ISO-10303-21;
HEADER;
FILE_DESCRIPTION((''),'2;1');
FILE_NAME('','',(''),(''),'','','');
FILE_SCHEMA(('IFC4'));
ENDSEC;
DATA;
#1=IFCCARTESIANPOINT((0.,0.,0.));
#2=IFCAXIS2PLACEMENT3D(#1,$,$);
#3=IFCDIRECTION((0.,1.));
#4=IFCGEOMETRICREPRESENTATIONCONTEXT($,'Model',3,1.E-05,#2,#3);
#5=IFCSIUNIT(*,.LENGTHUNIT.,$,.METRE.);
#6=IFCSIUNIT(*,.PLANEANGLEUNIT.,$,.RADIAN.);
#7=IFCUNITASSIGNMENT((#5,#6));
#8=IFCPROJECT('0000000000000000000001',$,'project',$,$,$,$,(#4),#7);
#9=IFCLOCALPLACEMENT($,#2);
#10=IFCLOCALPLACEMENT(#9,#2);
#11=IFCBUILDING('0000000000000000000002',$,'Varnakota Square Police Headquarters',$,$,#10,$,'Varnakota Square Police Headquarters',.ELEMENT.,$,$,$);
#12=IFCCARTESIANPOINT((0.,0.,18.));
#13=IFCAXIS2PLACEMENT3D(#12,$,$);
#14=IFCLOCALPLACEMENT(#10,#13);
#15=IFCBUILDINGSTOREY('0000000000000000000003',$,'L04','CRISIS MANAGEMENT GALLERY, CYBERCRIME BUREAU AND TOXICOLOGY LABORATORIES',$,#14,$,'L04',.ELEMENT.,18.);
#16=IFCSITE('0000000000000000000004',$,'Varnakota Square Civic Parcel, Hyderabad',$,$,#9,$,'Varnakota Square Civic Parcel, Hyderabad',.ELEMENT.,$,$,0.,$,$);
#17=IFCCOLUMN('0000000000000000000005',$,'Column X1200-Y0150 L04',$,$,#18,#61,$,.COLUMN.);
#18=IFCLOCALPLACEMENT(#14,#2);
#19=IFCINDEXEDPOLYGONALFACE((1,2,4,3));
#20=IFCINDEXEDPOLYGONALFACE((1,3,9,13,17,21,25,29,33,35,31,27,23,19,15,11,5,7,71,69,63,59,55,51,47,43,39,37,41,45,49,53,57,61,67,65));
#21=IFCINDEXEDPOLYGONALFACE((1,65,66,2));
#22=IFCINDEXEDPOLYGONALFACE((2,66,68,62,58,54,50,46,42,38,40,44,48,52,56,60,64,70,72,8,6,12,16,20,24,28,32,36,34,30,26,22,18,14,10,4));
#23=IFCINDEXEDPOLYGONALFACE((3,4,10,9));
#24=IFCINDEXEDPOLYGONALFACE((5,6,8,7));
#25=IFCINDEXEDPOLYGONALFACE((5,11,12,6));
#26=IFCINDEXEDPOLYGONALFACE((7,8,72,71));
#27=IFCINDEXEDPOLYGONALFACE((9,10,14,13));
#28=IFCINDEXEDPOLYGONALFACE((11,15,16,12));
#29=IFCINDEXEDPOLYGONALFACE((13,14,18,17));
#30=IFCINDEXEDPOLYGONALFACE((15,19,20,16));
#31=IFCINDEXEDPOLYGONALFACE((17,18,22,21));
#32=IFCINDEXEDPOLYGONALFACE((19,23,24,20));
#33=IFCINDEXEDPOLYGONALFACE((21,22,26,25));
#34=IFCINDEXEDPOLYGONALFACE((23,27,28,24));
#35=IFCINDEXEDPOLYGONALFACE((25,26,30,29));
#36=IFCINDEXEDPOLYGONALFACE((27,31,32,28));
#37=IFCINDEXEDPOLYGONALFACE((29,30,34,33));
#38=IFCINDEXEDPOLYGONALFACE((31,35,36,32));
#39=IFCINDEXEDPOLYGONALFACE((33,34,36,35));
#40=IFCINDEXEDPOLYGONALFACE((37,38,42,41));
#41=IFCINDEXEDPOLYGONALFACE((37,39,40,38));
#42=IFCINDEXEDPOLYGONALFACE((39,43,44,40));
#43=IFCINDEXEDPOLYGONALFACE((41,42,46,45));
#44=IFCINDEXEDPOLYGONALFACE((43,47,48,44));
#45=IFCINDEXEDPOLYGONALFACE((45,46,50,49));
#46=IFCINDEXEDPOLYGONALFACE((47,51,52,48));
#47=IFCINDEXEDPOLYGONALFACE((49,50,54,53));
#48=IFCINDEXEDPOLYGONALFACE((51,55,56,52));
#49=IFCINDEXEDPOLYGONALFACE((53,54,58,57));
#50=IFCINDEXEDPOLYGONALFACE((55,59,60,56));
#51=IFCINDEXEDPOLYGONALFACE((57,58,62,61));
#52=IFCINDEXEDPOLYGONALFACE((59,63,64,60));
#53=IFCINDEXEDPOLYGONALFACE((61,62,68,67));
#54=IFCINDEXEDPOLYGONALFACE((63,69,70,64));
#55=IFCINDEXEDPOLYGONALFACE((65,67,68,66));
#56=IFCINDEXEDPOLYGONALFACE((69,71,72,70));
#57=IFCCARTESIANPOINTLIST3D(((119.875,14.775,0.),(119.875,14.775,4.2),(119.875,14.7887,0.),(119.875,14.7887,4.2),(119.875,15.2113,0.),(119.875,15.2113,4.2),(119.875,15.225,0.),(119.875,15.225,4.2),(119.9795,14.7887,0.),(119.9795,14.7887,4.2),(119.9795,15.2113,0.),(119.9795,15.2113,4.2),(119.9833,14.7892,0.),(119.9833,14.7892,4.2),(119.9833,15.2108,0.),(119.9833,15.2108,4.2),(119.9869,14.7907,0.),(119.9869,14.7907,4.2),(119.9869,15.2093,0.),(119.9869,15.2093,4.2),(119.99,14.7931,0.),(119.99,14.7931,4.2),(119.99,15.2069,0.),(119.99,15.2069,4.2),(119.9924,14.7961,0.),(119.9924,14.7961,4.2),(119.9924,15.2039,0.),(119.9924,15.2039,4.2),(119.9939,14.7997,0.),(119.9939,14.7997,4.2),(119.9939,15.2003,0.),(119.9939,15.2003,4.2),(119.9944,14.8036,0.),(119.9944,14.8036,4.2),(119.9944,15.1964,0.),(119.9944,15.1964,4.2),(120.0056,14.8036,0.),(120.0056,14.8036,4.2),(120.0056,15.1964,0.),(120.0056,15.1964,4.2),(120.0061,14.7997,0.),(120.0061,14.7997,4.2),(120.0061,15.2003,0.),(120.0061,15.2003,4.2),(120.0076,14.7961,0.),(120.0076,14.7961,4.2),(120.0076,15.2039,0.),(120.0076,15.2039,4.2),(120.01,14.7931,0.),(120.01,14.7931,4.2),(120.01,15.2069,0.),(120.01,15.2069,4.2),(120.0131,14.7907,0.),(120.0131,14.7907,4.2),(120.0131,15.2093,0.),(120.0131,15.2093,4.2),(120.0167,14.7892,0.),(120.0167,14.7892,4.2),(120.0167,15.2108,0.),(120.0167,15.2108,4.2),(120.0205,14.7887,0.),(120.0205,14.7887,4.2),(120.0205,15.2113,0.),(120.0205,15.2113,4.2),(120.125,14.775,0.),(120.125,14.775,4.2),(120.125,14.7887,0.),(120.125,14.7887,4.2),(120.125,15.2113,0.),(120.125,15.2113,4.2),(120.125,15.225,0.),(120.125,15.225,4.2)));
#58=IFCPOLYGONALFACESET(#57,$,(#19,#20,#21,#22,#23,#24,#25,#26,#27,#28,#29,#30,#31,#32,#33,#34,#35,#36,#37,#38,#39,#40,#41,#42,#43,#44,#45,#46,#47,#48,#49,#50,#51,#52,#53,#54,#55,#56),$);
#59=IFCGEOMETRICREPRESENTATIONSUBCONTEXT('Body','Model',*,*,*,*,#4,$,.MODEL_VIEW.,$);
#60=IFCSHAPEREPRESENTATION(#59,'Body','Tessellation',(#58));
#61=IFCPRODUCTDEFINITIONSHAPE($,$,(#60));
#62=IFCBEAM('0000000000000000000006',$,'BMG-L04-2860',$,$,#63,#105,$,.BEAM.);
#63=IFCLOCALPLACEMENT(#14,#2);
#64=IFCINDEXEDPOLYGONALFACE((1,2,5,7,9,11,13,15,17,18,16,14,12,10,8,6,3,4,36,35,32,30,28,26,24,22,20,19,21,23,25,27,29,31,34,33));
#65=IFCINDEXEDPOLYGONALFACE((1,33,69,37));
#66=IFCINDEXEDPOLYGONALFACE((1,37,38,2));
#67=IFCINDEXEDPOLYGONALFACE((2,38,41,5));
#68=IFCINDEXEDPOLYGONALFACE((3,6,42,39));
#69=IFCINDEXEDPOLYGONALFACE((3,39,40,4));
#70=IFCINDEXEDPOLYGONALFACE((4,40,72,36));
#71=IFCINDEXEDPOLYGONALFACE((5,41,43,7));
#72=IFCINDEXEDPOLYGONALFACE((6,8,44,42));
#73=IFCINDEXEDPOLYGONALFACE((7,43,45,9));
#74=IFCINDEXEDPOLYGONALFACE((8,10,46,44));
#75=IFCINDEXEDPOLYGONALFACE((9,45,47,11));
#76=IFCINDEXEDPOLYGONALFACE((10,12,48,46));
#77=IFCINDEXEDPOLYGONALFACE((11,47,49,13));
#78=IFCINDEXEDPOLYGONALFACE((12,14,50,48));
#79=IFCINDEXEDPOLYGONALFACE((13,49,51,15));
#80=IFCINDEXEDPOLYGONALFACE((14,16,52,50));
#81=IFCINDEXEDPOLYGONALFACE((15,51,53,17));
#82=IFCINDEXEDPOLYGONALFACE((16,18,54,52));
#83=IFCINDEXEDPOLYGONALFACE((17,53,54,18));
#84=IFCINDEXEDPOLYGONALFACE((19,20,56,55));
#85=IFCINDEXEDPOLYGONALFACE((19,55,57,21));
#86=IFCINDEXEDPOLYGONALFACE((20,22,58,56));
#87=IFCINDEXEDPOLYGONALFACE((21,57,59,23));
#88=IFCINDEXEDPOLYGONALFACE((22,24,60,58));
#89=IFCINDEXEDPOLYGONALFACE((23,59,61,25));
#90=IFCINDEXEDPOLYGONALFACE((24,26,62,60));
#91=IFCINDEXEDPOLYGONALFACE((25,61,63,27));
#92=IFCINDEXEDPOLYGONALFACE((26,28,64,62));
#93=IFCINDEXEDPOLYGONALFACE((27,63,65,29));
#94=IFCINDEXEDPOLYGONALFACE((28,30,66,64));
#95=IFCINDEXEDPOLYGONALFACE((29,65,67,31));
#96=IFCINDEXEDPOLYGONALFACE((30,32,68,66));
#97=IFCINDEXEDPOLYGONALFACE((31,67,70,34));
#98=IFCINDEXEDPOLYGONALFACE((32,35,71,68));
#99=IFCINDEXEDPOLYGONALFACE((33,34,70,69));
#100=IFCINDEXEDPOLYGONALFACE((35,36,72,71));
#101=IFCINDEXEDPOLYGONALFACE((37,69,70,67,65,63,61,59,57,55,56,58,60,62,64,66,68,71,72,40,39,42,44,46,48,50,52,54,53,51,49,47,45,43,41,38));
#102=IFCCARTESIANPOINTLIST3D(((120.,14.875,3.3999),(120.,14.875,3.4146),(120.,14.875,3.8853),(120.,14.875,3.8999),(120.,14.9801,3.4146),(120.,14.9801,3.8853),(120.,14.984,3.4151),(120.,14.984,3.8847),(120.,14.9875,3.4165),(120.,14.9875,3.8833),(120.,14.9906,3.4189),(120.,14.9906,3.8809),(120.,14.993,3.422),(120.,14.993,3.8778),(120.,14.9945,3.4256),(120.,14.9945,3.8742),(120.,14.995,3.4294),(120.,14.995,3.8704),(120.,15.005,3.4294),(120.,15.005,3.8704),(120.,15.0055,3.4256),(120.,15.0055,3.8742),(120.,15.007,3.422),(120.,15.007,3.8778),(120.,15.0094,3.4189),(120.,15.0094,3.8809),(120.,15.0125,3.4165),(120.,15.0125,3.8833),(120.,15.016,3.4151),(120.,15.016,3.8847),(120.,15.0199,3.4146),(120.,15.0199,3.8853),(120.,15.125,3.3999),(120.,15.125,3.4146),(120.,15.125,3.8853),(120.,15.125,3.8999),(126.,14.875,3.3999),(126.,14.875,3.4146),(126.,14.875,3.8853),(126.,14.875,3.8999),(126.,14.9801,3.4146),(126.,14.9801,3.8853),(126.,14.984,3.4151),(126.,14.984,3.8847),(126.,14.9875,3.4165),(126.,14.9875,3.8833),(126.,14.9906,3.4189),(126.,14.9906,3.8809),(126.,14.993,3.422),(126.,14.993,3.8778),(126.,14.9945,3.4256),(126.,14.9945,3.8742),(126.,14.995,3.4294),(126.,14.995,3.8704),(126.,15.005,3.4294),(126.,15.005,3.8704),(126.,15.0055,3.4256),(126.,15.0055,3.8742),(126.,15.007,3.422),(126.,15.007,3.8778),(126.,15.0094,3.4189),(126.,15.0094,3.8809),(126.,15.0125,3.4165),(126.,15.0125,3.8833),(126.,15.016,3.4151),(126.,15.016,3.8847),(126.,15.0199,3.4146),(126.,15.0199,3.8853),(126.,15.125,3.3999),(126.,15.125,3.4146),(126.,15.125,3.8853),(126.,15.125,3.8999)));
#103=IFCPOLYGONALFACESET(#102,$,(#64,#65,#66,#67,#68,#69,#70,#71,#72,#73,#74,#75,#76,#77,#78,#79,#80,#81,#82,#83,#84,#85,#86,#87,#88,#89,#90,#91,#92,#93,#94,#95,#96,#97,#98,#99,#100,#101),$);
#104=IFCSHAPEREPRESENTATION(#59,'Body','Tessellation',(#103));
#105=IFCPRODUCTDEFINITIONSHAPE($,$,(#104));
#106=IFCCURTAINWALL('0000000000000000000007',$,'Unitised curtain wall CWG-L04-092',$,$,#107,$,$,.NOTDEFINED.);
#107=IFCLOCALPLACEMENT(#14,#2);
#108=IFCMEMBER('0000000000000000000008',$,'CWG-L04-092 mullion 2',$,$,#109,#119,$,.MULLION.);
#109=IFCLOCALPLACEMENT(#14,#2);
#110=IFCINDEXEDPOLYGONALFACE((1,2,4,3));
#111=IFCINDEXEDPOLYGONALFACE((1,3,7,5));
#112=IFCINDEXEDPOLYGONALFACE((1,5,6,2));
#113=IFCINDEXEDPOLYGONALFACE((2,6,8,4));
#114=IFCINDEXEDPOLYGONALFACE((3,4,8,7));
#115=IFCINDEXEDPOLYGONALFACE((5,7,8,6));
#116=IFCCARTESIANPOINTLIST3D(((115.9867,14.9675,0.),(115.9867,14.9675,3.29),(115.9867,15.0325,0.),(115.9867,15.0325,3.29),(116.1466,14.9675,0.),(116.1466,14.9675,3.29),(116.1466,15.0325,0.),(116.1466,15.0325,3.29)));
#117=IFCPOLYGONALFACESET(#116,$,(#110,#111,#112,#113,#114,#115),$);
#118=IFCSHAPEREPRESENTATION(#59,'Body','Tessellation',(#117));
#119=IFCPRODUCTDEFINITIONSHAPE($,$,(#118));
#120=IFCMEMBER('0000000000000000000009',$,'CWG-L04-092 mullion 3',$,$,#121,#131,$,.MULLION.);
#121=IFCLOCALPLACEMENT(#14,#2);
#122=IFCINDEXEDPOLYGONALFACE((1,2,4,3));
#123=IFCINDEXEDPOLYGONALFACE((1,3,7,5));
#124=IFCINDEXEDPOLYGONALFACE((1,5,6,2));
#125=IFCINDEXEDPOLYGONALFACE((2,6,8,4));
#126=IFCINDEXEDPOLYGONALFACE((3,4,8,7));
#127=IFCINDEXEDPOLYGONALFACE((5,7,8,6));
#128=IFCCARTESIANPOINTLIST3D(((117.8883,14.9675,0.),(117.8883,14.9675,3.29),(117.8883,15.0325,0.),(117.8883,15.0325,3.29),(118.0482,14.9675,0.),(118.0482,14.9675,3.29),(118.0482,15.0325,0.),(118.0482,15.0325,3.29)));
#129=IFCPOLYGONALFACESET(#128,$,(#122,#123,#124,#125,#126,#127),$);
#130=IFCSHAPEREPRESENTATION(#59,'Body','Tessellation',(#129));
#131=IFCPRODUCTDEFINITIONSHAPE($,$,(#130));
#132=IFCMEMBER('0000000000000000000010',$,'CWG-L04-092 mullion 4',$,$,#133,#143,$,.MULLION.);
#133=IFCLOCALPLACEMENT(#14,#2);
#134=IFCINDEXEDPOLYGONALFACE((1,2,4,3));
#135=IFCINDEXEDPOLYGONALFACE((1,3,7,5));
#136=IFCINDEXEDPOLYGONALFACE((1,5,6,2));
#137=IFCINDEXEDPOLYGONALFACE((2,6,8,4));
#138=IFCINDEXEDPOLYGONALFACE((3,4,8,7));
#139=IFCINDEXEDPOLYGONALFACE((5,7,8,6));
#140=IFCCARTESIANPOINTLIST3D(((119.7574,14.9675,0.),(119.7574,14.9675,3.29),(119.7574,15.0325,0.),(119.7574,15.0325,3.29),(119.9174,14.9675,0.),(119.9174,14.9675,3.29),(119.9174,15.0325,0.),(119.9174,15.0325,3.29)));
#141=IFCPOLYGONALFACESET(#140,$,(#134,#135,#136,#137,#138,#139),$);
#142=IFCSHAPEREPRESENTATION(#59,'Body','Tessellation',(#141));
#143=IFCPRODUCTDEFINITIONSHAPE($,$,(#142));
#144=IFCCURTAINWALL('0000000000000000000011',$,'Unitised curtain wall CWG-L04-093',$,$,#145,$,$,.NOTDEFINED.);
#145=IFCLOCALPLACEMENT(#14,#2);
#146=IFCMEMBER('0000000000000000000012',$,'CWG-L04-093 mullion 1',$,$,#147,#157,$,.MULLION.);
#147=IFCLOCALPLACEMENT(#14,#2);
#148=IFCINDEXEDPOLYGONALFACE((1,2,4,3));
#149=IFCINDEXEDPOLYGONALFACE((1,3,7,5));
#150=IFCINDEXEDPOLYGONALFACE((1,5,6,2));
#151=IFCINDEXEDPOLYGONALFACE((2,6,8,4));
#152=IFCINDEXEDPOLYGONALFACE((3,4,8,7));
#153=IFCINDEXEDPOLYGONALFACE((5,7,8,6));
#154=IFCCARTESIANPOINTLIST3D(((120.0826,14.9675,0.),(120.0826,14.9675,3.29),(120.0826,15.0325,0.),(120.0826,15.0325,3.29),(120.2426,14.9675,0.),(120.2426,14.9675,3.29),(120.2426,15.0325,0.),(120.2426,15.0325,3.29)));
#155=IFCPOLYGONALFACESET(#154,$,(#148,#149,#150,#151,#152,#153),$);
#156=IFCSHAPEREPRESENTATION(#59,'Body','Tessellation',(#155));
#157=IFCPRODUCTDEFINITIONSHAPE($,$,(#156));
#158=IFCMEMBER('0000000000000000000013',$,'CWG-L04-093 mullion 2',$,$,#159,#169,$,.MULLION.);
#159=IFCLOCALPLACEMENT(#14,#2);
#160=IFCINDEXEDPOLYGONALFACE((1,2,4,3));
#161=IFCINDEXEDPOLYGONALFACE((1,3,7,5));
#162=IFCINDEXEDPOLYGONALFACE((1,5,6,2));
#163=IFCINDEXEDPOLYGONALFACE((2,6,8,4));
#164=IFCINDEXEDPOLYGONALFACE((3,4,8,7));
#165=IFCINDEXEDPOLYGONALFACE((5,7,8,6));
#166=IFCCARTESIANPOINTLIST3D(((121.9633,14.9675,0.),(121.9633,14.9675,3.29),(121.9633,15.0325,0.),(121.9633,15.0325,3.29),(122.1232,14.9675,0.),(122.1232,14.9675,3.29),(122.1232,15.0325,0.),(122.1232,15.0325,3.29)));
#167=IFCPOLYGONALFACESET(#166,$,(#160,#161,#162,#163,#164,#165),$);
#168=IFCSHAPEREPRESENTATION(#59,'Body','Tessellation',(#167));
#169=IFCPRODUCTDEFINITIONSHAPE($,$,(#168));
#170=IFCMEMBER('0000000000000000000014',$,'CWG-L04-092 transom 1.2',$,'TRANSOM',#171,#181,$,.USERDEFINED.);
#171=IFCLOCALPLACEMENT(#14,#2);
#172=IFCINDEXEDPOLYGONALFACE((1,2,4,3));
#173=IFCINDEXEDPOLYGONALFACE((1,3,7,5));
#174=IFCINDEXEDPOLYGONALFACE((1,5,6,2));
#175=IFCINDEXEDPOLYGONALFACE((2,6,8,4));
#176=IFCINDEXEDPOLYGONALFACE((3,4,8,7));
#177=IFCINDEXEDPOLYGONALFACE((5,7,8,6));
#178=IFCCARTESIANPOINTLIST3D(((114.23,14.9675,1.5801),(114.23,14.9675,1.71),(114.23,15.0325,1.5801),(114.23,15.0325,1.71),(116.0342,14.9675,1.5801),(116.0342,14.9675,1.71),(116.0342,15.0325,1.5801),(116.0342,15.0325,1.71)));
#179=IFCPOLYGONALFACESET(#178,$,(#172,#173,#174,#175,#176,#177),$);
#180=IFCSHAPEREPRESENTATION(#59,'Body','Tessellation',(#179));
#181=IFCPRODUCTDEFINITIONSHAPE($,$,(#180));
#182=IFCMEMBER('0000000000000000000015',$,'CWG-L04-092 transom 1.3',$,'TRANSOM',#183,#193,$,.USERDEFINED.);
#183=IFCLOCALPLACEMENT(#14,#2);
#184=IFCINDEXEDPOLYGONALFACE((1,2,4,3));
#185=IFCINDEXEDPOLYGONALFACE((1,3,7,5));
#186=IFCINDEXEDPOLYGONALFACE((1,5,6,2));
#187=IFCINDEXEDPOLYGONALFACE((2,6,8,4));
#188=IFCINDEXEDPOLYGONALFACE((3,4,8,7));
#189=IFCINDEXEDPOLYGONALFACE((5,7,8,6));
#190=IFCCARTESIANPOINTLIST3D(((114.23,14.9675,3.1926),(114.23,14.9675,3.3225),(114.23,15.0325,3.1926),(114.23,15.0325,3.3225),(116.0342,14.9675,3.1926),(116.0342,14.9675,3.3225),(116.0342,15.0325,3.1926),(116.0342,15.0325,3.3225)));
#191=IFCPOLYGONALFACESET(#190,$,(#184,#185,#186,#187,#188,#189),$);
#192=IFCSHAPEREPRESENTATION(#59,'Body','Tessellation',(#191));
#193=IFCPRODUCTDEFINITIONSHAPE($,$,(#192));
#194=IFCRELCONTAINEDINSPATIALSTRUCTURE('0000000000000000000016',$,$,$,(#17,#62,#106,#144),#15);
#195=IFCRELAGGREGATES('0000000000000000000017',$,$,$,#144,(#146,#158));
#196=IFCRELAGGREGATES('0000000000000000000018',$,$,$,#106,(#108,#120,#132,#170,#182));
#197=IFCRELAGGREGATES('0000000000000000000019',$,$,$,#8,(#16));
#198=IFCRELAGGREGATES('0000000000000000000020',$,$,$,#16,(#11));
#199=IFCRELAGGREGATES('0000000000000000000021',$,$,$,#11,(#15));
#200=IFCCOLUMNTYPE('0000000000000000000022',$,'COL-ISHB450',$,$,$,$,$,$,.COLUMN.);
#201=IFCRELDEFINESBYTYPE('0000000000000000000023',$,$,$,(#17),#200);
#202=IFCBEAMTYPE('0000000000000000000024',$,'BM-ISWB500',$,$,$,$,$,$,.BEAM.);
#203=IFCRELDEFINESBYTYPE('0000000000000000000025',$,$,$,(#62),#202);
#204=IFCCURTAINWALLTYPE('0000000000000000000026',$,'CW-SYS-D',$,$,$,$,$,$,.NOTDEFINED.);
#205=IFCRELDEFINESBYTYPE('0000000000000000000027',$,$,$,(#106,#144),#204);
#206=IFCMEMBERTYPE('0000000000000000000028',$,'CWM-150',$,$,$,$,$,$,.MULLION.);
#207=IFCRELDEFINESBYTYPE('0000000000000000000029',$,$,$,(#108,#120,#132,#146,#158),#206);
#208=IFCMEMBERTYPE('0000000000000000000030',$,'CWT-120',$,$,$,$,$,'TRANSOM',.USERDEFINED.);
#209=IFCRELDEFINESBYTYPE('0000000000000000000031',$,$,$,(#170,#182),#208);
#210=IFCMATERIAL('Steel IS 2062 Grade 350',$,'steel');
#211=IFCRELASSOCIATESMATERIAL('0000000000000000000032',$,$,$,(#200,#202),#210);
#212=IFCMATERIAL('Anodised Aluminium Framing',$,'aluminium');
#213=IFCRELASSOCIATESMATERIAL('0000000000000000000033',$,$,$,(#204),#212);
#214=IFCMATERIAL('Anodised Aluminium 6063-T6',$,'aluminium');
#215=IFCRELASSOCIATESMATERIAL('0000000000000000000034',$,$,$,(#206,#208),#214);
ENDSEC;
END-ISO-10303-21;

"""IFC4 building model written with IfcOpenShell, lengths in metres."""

from ifc_helpers import new_model, si_unit, direction, frame, origin, origin_2d, place, context, subcontext, project, spatial, rectangle, i_section, extrude, material, material_profile, profile_set, type_object, element, aggregate, save


model = new_model("IFC4")

# Units and contexts
model_context = context("Model", 3, precision=1e-05, world=origin(), true_north=direction((0.0, 1.0)))
body_context = subcontext(model_context, "Body", "Model", "MODEL_VIEW")
ifc_project = project(units=[si_unit("LENGTHUNIT", "METRE"), si_unit("PLANEANGLEUNIT", "RADIAN")], contexts=[model_context])

# Site, building, storey
site_placement = place(None, origin())
site = spatial("IfcSite", under=ifc_project, at=site_placement, Name="Varnakota Square Civic Parcel, Hyderabad", LongName="Varnakota Square Civic Parcel, Hyderabad", CompositionType="ELEMENT", RefElevation=0.0)
building_placement = place(site_placement, origin())
building = spatial("IfcBuilding", under=site, at=building_placement, Name="Varnakota Square Police Headquarters", LongName="Varnakota Square Police Headquarters", CompositionType="ELEMENT")
storey_placement = place(building_placement, frame((0.0, 0.0, 18.0)))
storey = spatial("IfcBuildingStorey", under=building, at=storey_placement, Name="L04", Description="CRISIS MANAGEMENT GALLERY, CYBERCRIME BUREAU AND TOXICOLOGY LABORATORIES", LongName="L04", CompositionType="ELEMENT", Elevation=18.0)

# Column
ifc_material_1 = material(Name="Steel IS 2062 Grade 350", Category="steel")
ifc_material_profile_1 = material_profile(ifc_material_1, i_section(OverallWidth=0.25, OverallDepth=0.45, WebThickness=0.0112, FlangeThickness=0.0137, FilletRadius=0.0149, at=origin_2d()), Name="ISHB 450")
ifc_profile_set_1 = profile_set([ifc_material_profile_1], Name="Steel IS 2062 Grade 350")
column_type = type_object("IfcColumnType", Name="COL-ISHB450", PredefinedType="COLUMN", material=ifc_profile_set_1)
column_placement = place(storey_placement, frame((120.0, 15.0, 0.0), z_axis=(0.0, 0.0, 1.0), x_axis=(1.0, 0.0, 0.0)))
element("IfcColumn", 1, at=column_placement, inside=storey, type_object=column_type, Name="Column X1200-Y0150 L04", PredefinedType="COLUMN", context=body_context, shape_type="SweptSolid", body=[
    extrude(i_section(OverallWidth=0.25, OverallDepth=0.45, WebThickness=0.0112, FlangeThickness=0.0137, FilletRadius=0.0149, at=origin_2d()), origin(), (0.0, 0.0, 1.0), 4.2),
])

# Beam
ifc_material_profile_2 = material_profile(ifc_material_1, i_section(OverallWidth=0.25, OverallDepth=0.5, WebThickness=0.01, FlangeThickness=0.0146, FilletRadius=0.0149, at=origin_2d()), Name="ISWB 500")
ifc_profile_set_2 = profile_set([ifc_material_profile_2], Name="Steel IS 2062 Grade 350")
beam_type = type_object("IfcBeamType", Name="BM-ISWB500", PredefinedType="BEAM", material=ifc_profile_set_2)
beam_placement = place(storey_placement, frame((120.0, 15.0, 3.6499), z_axis=(1.0, 0.0, 0.0), x_axis=(0.0, 1.0, 0.0)))
element("IfcBeam", 2, at=beam_placement, inside=storey, type_object=beam_type, Name="BMG-L04-2860", PredefinedType="BEAM", context=body_context, shape_type="SweptSolid", body=[
    extrude(i_section(OverallWidth=0.25, OverallDepth=0.5, WebThickness=0.01, FlangeThickness=0.0146, FilletRadius=0.0149, at=origin_2d()), origin(), (0.0, 0.0, 1.0), 6.0),
])

# Curtain walls, members
ifc_material_2 = material(Name="Anodised Aluminium Framing", Category="aluminium")
curtain_wall_type = type_object("IfcCurtainWallType", Name="CW-SYS-D", PredefinedType="NOTDEFINED", material=ifc_material_2)
curtain_wall_1_placement = place(storey_placement, origin())
curtain_wall_1 = element("IfcCurtainWall", 3, at=curtain_wall_1_placement, inside=storey, type_object=curtain_wall_type, Name="Unitised curtain wall CWG-L04-092", PredefinedType="NOTDEFINED")
ifc_material_3 = material(Name="Anodised Aluminium 6063-T6", Category="aluminium")
ifc_material_profile_3 = material_profile(ifc_material_3, rectangle(XDim=0.0649, YDim=0.1599, at=origin_2d()), Name="ALU MULLION 65x160")
ifc_profile_set_3 = profile_set([ifc_material_profile_3], Name="Anodised Aluminium 6063-T6")
member_type_1 = type_object("IfcMemberType", Name="CWM-150", PredefinedType="MULLION", material=ifc_profile_set_3)
member_1_placement = place(storey_placement, frame((116.0667, 15.0, 0.0), z_axis=(0.0, 0.0, 1.0), x_axis=(0.0, 1.0, 0.0)))
member_1 = element("IfcMember", 4, at=member_1_placement, type_object=member_type_1, Name="CWG-L04-092 mullion 2", PredefinedType="MULLION", context=body_context, shape_type="SweptSolid", body=[
    extrude(rectangle(XDim=0.0649, YDim=0.1599, at=origin_2d()), origin(), (0.0, 0.0, 1.0), 3.29),
])
member_2_placement = place(storey_placement, frame((117.9683, 15.0, 0.0), z_axis=(0.0, 0.0, 1.0), x_axis=(0.0, 1.0, 0.0)))
member_2 = element("IfcMember", 5, at=member_2_placement, type_object=member_type_1, Name="CWG-L04-092 mullion 3", PredefinedType="MULLION", context=body_context, shape_type="SweptSolid", body=[
    extrude(rectangle(XDim=0.0649, YDim=0.1599, at=origin_2d()), origin(), (0.0, 0.0, 1.0), 3.29),
])
member_3_placement = place(storey_placement, frame((119.8374, 15.0, 0.0), z_axis=(0.0, 0.0, 1.0), x_axis=(0.0, 1.0, 0.0)))
member_3 = element("IfcMember", 6, at=member_3_placement, type_object=member_type_1, Name="CWG-L04-092 mullion 4", PredefinedType="MULLION", context=body_context, shape_type="SweptSolid", body=[
    extrude(rectangle(XDim=0.0649, YDim=0.1599, at=origin_2d()), origin(), (0.0, 0.0, 1.0), 3.29),
])
curtain_wall_2_placement = place(storey_placement, origin())
curtain_wall_2 = element("IfcCurtainWall", 7, at=curtain_wall_2_placement, inside=storey, type_object=curtain_wall_type, Name="Unitised curtain wall CWG-L04-093", PredefinedType="NOTDEFINED")
member_4_placement = place(storey_placement, frame((120.1626, 15.0, 0.0), z_axis=(0.0, 0.0, 1.0), x_axis=(0.0, 1.0, 0.0)))
member_4 = element("IfcMember", 8, at=member_4_placement, type_object=member_type_1, Name="CWG-L04-093 mullion 1", PredefinedType="MULLION", context=body_context, shape_type="SweptSolid", body=[
    extrude(rectangle(XDim=0.0649, YDim=0.1599, at=origin_2d()), origin(), (0.0, 0.0, 1.0), 3.29),
])
member_5_placement = place(storey_placement, frame((122.0432, 15.0, 0.0), z_axis=(0.0, 0.0, 1.0), x_axis=(0.0, 1.0, 0.0)))
member_5 = element("IfcMember", 9, at=member_5_placement, type_object=member_type_1, Name="CWG-L04-093 mullion 2", PredefinedType="MULLION", context=body_context, shape_type="SweptSolid", body=[
    extrude(rectangle(XDim=0.0649, YDim=0.1599, at=origin_2d()), origin(), (0.0, 0.0, 1.0), 3.29),
])

# Members
ifc_material_profile_4 = material_profile(ifc_material_3, rectangle(XDim=0.0649, YDim=0.1299, at=origin_2d()), Name="ALU TRANSOM 65x130")
ifc_profile_set_4 = profile_set([ifc_material_profile_4], Name="Anodised Aluminium 6063-T6")
member_type_2 = type_object("IfcMemberType", Name="CWT-120", ElementType="TRANSOM", PredefinedType="USERDEFINED", material=ifc_profile_set_4)
member_6_placement = place(storey_placement, frame((114.23, 15.0, 1.645), z_axis=(1.0, 0.0, 0.0), x_axis=(0.0, 1.0, 0.0)))
member_6 = element("IfcMember", 10, at=member_6_placement, type_object=member_type_2, Name="CWG-L04-092 transom 1.2", ObjectType="TRANSOM", PredefinedType="USERDEFINED", context=body_context, shape_type="SweptSolid", body=[
    extrude(rectangle(XDim=0.0649, YDim=0.1299, at=origin_2d()), origin(), (0.0, 0.0, 1.0), 1.8042),
])
member_7_placement = place(storey_placement, frame((114.23, 15.0, 3.2576), z_axis=(1.0, 0.0, 0.0), x_axis=(0.0, 1.0, 0.0)))
member_7 = element("IfcMember", 11, at=member_7_placement, type_object=member_type_2, Name="CWG-L04-092 transom 1.3", ObjectType="TRANSOM", PredefinedType="USERDEFINED", context=body_context, shape_type="SweptSolid", body=[
    extrude(rectangle(XDim=0.0649, YDim=0.1299, at=origin_2d()), origin(), (0.0, 0.0, 1.0), 1.8042),
])

aggregate(curtain_wall_2, [member_4, member_5])
aggregate(curtain_wall_1, [member_1, member_2, member_3, member_6, member_7])

save(model, "model.ifc")
